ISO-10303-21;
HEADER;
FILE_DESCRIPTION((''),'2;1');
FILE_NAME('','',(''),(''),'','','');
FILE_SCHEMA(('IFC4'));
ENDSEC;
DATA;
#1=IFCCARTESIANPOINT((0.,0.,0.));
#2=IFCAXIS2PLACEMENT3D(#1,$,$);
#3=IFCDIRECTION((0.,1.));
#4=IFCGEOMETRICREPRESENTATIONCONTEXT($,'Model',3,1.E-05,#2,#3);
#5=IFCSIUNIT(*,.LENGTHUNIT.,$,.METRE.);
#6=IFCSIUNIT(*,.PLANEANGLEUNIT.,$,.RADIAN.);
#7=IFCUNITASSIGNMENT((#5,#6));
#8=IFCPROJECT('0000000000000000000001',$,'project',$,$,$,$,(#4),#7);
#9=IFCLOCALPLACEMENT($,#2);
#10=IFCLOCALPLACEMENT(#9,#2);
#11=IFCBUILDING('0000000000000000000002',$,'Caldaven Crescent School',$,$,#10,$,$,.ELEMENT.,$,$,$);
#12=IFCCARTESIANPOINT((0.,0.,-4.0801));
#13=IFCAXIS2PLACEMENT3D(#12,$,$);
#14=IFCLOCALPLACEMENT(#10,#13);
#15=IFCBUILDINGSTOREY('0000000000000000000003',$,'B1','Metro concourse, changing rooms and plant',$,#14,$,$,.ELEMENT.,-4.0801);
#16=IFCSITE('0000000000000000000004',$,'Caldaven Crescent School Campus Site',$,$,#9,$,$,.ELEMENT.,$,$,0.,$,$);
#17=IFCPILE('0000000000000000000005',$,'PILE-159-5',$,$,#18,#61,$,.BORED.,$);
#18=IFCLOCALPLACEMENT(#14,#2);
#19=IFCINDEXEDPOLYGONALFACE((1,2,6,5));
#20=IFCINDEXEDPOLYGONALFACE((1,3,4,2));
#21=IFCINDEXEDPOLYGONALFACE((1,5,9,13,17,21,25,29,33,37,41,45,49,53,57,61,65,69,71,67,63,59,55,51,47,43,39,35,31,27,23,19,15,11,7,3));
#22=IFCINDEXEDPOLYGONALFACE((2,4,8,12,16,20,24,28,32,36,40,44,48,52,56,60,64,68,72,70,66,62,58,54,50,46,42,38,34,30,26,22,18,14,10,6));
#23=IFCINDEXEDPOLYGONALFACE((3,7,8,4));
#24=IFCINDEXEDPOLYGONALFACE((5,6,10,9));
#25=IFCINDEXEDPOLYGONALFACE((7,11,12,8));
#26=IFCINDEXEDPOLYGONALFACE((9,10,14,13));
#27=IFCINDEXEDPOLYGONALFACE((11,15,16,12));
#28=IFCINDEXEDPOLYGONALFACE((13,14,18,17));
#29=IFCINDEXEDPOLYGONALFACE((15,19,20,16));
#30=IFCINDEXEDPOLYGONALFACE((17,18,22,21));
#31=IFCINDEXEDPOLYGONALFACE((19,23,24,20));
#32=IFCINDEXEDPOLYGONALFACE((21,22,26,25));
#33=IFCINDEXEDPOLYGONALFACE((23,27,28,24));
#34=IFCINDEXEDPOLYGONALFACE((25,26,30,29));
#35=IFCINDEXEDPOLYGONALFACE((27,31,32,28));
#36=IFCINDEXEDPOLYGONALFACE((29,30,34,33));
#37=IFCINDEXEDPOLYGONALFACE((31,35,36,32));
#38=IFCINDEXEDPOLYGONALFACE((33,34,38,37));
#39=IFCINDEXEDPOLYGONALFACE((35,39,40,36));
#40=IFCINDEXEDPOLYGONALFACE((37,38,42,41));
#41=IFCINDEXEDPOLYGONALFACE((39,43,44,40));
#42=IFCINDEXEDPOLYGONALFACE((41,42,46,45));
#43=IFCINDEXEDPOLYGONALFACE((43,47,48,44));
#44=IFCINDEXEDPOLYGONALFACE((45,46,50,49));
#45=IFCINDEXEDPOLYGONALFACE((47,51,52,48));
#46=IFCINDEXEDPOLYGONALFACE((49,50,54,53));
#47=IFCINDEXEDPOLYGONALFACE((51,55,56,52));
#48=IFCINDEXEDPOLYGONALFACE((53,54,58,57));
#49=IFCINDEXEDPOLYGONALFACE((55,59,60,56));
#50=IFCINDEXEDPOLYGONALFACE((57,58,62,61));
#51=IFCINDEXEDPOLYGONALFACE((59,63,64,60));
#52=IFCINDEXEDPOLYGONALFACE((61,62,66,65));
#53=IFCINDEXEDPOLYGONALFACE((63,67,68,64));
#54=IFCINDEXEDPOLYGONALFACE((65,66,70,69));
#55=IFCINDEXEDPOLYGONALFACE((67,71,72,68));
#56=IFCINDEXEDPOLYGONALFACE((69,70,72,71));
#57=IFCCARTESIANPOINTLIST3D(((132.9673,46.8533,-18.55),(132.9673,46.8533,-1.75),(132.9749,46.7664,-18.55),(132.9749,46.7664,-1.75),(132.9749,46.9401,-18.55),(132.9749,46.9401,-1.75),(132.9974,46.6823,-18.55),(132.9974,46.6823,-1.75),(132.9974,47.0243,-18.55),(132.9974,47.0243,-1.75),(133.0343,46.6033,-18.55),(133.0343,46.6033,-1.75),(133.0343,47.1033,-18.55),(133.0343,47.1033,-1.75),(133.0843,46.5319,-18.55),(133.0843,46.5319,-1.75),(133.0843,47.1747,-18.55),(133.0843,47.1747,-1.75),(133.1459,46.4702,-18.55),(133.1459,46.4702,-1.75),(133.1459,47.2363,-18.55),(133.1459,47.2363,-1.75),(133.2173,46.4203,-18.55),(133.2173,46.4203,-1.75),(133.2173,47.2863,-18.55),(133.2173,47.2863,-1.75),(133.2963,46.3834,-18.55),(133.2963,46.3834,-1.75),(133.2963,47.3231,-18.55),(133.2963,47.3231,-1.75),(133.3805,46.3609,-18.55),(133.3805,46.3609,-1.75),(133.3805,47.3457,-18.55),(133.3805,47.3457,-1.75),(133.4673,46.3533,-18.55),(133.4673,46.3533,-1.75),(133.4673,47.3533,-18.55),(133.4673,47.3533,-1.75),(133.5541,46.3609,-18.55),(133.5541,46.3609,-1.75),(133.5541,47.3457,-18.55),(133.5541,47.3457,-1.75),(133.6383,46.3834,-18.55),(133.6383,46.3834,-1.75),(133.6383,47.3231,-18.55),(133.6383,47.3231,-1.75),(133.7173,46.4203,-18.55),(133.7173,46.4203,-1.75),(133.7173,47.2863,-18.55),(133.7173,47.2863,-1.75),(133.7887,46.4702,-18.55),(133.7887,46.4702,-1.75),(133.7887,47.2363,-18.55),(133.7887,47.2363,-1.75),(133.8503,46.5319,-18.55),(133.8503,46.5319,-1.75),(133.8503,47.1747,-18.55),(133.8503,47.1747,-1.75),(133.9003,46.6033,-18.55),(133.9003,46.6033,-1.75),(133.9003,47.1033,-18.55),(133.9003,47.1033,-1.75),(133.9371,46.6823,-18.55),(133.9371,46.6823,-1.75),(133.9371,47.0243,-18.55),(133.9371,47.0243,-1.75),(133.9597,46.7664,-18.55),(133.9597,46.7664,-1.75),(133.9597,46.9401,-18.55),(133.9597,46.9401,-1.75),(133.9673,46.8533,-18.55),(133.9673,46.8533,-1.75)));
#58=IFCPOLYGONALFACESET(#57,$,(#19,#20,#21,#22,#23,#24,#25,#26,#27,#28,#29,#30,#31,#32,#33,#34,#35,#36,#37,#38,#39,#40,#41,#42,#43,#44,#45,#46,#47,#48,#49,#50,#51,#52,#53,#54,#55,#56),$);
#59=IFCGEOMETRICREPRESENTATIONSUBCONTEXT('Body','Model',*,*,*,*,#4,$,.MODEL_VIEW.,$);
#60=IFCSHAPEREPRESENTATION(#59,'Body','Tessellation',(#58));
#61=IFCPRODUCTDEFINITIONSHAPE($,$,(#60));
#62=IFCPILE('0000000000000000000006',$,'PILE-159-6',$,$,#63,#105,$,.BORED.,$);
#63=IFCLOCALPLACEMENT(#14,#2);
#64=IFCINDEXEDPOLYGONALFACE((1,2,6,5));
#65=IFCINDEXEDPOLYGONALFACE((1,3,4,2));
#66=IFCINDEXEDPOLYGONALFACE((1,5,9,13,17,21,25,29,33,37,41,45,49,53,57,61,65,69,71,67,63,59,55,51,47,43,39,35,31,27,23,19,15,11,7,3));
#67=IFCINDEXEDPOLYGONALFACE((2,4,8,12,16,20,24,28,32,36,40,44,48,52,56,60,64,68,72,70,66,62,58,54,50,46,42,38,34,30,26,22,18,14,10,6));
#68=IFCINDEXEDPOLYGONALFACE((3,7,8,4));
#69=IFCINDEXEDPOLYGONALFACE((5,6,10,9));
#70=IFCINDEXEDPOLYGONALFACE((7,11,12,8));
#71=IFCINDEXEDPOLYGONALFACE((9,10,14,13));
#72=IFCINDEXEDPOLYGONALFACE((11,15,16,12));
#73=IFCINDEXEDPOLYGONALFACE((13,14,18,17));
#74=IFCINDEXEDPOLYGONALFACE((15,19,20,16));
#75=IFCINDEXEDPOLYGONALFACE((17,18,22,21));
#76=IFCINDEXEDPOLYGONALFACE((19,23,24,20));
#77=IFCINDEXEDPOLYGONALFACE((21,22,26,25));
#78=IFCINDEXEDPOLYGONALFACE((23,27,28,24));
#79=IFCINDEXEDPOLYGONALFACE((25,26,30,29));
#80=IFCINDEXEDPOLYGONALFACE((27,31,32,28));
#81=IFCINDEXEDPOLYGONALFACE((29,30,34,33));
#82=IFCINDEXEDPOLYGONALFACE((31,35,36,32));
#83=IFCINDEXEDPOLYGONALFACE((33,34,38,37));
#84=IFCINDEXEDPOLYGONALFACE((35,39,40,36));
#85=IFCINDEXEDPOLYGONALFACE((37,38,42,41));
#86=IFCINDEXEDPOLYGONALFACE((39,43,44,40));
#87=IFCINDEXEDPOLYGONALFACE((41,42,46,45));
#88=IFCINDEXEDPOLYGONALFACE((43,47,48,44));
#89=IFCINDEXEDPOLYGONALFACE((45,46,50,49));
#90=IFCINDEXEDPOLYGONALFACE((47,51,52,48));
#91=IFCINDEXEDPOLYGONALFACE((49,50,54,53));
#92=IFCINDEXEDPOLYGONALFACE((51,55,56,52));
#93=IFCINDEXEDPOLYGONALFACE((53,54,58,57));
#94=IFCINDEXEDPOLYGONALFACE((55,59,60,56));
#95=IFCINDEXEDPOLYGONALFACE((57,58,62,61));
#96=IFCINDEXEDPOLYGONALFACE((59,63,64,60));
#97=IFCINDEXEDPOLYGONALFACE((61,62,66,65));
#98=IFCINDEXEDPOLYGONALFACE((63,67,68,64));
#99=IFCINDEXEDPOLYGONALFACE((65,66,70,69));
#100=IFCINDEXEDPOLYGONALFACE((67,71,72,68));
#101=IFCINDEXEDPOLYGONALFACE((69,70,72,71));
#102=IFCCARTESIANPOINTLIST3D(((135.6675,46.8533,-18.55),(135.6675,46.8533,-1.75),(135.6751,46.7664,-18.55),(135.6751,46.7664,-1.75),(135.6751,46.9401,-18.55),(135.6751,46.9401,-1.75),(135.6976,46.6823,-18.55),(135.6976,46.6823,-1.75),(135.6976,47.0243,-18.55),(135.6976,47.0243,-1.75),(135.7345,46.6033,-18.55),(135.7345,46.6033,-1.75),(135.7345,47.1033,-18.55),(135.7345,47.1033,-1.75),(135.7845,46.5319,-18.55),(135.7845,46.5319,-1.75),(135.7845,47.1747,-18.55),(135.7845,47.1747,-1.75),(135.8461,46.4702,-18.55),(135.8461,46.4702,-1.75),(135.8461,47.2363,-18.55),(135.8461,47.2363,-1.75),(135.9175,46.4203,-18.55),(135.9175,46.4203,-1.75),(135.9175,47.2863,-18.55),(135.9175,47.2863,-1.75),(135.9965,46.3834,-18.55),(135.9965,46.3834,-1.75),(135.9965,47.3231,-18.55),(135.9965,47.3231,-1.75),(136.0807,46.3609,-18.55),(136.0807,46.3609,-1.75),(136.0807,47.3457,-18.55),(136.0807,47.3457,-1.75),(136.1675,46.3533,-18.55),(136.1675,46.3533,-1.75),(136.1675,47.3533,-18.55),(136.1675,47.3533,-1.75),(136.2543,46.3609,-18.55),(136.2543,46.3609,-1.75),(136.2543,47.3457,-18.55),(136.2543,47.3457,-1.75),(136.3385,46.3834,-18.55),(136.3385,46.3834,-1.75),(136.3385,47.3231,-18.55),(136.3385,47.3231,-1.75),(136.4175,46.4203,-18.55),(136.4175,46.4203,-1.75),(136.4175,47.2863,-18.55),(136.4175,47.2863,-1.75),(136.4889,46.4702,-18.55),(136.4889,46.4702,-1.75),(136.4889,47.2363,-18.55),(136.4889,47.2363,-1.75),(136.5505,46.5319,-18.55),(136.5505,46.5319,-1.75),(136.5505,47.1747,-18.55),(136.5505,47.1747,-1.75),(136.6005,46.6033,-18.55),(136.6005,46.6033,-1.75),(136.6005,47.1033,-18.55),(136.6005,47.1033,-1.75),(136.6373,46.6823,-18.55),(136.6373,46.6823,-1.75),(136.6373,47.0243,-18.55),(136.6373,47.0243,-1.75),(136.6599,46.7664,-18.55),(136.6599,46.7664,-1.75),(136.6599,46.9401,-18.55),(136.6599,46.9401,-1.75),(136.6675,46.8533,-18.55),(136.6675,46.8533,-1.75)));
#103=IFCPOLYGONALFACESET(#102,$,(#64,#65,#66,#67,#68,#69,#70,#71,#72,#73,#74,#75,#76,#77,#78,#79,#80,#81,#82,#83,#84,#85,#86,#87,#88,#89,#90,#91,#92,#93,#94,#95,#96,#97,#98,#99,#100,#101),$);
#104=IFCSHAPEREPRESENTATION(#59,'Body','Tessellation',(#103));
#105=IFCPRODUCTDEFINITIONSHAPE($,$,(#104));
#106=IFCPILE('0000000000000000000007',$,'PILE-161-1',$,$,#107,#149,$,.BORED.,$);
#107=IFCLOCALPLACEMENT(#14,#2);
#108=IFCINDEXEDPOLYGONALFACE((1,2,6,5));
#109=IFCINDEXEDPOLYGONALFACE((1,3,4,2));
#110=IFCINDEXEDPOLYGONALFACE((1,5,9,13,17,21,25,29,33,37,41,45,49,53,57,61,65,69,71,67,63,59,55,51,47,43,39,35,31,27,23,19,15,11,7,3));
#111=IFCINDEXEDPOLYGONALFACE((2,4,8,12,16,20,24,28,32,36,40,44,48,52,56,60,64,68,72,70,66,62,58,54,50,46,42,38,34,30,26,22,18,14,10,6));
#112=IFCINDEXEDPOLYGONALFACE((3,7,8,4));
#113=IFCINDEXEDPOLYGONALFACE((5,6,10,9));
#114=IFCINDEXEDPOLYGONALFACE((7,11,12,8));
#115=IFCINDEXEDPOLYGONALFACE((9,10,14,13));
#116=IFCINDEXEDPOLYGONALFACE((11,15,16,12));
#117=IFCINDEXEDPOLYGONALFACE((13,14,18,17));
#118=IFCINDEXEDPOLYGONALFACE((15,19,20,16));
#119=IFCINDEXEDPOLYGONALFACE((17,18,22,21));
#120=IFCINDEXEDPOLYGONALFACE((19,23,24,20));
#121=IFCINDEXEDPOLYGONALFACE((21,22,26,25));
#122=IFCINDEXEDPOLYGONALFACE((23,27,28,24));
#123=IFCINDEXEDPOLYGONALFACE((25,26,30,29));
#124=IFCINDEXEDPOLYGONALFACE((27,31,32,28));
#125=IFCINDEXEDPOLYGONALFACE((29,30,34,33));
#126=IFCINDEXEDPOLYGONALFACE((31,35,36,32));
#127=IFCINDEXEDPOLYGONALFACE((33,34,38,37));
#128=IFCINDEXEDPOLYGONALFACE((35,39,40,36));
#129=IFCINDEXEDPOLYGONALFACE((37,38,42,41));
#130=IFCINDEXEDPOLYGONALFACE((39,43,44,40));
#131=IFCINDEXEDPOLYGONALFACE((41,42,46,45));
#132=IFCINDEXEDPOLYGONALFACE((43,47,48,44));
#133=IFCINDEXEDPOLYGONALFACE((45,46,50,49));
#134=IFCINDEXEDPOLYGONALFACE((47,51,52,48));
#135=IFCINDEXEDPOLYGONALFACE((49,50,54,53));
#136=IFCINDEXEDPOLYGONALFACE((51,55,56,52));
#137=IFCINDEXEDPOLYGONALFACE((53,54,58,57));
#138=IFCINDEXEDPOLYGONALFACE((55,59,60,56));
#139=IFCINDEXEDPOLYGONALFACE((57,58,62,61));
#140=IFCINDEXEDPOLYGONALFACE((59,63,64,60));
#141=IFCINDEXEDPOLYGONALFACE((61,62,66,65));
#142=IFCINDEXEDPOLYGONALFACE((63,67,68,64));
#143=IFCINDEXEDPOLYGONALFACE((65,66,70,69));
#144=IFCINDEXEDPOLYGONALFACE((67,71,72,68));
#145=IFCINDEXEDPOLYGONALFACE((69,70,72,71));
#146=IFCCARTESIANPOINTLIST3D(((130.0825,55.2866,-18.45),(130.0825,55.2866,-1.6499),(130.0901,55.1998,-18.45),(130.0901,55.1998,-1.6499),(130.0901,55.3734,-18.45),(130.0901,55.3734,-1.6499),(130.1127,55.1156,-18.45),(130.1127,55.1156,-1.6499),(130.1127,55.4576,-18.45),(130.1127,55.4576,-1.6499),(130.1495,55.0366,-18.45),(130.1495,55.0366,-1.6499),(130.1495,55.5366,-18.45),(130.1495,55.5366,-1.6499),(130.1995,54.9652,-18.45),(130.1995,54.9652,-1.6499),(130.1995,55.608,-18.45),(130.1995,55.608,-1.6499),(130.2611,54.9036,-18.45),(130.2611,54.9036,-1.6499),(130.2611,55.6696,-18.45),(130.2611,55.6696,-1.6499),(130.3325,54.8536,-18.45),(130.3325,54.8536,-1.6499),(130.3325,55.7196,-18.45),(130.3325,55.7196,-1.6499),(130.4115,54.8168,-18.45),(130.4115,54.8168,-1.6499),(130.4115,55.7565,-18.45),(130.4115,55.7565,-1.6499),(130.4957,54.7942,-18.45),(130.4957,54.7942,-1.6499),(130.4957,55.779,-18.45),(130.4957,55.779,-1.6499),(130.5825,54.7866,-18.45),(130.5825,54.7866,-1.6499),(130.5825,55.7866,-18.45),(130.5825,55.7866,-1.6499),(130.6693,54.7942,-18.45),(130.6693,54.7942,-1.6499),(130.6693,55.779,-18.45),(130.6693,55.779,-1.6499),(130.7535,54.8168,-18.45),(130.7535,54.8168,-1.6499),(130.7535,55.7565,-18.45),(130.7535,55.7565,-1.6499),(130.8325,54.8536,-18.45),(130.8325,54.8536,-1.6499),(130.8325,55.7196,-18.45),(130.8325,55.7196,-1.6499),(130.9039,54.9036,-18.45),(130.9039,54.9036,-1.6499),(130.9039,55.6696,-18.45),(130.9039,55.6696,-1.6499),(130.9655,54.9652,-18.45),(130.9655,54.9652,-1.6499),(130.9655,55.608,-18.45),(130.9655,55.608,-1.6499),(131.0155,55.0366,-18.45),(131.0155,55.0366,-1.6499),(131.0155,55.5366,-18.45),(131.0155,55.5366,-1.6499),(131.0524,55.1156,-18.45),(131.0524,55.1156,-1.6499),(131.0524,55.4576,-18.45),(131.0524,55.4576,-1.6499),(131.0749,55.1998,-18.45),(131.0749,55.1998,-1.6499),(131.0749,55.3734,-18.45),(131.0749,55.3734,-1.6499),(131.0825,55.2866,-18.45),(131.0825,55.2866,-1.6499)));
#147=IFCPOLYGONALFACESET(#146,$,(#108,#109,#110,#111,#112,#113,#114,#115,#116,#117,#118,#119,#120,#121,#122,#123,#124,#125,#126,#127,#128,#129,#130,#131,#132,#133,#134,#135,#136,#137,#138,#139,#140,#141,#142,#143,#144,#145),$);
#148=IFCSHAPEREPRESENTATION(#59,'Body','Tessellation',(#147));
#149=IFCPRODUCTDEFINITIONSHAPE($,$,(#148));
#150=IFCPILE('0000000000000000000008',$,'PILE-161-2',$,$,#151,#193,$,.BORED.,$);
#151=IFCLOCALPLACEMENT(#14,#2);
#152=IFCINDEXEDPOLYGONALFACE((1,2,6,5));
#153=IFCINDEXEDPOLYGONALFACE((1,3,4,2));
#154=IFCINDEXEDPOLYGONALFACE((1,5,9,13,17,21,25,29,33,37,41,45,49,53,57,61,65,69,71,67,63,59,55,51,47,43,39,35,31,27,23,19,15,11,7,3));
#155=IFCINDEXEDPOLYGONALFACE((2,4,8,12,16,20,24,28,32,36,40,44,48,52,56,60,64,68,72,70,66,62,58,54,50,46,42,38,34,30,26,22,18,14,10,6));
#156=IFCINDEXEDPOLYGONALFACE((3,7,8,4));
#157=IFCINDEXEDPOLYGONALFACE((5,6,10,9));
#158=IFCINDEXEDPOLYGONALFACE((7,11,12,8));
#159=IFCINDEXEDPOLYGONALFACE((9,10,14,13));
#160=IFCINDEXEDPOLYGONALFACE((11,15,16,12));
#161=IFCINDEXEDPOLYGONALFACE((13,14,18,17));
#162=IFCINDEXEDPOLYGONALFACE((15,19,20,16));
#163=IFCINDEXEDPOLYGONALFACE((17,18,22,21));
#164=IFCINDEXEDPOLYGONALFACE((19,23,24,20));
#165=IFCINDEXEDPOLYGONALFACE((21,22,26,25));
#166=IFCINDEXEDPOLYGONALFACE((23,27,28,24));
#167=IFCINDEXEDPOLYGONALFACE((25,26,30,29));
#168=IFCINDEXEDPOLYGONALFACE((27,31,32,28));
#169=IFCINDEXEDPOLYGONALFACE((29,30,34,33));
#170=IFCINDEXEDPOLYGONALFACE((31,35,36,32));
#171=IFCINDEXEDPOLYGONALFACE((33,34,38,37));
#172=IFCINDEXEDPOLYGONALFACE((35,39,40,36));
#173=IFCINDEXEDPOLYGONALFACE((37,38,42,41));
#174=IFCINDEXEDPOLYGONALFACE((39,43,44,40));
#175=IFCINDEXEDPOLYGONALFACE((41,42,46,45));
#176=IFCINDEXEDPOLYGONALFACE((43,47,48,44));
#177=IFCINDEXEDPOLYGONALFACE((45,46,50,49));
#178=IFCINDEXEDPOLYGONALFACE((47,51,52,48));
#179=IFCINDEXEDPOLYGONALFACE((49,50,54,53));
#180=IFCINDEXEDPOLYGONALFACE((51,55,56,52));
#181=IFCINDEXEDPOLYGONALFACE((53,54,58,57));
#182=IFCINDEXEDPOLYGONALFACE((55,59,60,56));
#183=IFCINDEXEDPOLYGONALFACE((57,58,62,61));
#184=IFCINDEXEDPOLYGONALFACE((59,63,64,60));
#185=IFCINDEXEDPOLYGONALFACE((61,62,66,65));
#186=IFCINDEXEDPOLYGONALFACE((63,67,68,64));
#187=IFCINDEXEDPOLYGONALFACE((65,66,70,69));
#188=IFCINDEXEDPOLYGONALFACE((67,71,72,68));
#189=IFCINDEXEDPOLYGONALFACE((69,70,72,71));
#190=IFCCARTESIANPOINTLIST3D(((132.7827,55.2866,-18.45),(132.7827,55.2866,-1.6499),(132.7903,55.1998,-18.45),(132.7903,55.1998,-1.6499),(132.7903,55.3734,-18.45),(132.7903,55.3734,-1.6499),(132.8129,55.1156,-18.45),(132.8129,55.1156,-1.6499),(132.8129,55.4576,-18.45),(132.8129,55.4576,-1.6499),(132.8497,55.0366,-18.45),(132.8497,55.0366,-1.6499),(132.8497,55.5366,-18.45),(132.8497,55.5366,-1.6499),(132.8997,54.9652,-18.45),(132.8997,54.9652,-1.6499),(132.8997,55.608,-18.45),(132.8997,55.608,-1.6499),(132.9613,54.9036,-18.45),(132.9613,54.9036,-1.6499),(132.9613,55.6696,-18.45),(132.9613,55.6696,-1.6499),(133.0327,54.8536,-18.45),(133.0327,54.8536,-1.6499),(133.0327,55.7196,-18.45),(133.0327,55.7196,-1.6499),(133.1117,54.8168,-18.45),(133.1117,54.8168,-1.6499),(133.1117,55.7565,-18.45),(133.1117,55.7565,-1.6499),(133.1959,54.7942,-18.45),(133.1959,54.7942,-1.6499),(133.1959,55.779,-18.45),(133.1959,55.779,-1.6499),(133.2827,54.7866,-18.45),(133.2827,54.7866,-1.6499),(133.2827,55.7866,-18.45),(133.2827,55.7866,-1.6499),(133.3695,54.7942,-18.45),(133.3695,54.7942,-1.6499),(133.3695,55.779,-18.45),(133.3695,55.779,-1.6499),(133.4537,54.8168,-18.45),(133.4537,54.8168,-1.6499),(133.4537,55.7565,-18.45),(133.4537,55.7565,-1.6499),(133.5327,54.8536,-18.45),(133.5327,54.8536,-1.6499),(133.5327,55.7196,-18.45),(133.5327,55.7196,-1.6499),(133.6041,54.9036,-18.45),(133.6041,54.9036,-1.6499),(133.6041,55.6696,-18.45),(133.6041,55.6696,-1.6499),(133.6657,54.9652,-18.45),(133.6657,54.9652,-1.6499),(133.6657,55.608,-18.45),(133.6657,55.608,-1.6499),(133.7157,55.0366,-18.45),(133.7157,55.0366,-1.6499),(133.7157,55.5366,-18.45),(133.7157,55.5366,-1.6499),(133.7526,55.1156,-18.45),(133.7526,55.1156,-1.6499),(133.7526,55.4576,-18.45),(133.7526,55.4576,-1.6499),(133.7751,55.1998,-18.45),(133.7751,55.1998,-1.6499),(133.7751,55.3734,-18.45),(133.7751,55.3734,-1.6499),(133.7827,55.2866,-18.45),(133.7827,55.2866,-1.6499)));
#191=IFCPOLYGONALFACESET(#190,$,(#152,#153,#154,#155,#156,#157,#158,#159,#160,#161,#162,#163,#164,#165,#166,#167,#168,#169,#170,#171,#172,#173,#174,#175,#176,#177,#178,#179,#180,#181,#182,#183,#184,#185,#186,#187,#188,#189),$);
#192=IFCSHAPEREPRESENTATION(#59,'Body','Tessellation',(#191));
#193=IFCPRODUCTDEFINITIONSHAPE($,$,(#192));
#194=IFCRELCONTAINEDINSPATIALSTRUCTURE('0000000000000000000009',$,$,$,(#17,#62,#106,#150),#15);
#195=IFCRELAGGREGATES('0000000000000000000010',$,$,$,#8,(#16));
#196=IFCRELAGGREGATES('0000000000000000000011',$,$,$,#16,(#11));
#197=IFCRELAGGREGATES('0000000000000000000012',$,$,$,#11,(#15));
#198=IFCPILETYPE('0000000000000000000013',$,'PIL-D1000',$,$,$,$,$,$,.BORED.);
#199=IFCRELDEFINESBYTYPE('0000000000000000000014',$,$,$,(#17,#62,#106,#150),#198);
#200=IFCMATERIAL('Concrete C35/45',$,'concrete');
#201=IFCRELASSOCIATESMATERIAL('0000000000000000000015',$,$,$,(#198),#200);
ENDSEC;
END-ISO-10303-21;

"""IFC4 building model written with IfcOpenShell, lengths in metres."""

from ifc_helpers import new_model, si_unit, direction, frame, origin, origin_2d, place, context, subcontext, project, spatial, circle, extrude, material, material_profile, profile_set, type_object, element, save


model = new_model("IFC4")

# Units and contexts
model_context = context("Model", 3, precision=1e-05, world=origin(), true_north=direction((0.0, 1.0)))
body_context = subcontext(model_context, "Body", "Model", "MODEL_VIEW")
ifc_project = project(units=[si_unit("LENGTHUNIT", "METRE"), si_unit("PLANEANGLEUNIT", "RADIAN")], contexts=[model_context])

# Site, building, storey
site_placement = place(None, origin())
site = spatial("IfcSite", under=ifc_project, at=site_placement, Name="Caldaven Crescent School Campus Site", CompositionType="ELEMENT", RefElevation=0.0)
building_placement = place(site_placement, origin())
building = spatial("IfcBuilding", under=site, at=building_placement, Name="Caldaven Crescent School", CompositionType="ELEMENT")
storey_placement = place(building_placement, frame((0.0, 0.0, -4.0801)))
storey = spatial("IfcBuildingStorey", under=building, at=storey_placement, Name="B1", Description="Metro concourse, changing rooms and plant", CompositionType="ELEMENT", Elevation=-4.0801)

# Shared definitions
ifc_material_1 = material(Name="Concrete C35/45", Category="concrete")

# Piles
ifc_material_profile_1 = material_profile(ifc_material_1, circle(Radius=0.5, at=origin_2d()), Name="PILE D1000")
ifc_profile_set_1 = profile_set([ifc_material_profile_1], Name="Concrete C35/45")
pile_type = type_object("IfcPileType", Name="PIL-D1000", PredefinedType="BORED", material=ifc_profile_set_1)
for number, where, z_axis, x_axis, name in (
    (1, (133.4673, 46.8533, -1.75), (0.0, 0.0, -1.0), (1.0, 0.0, 0.0), "PILE-159-5"),
    (2, (136.1675, 46.8533, -1.75), (0.0, 0.0, -1.0), (1.0, 0.0, 0.0), "PILE-159-6"),
    (3, (130.5825, 55.2866, -1.6499), (0.0, 0.0, -1.0), (1.0, 0.0, 0.0), "PILE-161-1"),
    (4, (133.2827, 55.2866, -1.6499), (0.0, 0.0, -1.0), (1.0, 0.0, 0.0), "PILE-161-2"),
):
    element("IfcPile", number, at=place(storey_placement, frame(where, z_axis=z_axis, x_axis=x_axis)), inside=storey, type_object=pile_type, Name=name, PredefinedType="BORED", context=body_context, shape_type="SweptSolid", body=[
        extrude(circle(Radius=0.5, at=origin_2d()), origin(), (0.0, 0.0, 1.0), 16.8),
    ])

save(model, "model.ifc")
